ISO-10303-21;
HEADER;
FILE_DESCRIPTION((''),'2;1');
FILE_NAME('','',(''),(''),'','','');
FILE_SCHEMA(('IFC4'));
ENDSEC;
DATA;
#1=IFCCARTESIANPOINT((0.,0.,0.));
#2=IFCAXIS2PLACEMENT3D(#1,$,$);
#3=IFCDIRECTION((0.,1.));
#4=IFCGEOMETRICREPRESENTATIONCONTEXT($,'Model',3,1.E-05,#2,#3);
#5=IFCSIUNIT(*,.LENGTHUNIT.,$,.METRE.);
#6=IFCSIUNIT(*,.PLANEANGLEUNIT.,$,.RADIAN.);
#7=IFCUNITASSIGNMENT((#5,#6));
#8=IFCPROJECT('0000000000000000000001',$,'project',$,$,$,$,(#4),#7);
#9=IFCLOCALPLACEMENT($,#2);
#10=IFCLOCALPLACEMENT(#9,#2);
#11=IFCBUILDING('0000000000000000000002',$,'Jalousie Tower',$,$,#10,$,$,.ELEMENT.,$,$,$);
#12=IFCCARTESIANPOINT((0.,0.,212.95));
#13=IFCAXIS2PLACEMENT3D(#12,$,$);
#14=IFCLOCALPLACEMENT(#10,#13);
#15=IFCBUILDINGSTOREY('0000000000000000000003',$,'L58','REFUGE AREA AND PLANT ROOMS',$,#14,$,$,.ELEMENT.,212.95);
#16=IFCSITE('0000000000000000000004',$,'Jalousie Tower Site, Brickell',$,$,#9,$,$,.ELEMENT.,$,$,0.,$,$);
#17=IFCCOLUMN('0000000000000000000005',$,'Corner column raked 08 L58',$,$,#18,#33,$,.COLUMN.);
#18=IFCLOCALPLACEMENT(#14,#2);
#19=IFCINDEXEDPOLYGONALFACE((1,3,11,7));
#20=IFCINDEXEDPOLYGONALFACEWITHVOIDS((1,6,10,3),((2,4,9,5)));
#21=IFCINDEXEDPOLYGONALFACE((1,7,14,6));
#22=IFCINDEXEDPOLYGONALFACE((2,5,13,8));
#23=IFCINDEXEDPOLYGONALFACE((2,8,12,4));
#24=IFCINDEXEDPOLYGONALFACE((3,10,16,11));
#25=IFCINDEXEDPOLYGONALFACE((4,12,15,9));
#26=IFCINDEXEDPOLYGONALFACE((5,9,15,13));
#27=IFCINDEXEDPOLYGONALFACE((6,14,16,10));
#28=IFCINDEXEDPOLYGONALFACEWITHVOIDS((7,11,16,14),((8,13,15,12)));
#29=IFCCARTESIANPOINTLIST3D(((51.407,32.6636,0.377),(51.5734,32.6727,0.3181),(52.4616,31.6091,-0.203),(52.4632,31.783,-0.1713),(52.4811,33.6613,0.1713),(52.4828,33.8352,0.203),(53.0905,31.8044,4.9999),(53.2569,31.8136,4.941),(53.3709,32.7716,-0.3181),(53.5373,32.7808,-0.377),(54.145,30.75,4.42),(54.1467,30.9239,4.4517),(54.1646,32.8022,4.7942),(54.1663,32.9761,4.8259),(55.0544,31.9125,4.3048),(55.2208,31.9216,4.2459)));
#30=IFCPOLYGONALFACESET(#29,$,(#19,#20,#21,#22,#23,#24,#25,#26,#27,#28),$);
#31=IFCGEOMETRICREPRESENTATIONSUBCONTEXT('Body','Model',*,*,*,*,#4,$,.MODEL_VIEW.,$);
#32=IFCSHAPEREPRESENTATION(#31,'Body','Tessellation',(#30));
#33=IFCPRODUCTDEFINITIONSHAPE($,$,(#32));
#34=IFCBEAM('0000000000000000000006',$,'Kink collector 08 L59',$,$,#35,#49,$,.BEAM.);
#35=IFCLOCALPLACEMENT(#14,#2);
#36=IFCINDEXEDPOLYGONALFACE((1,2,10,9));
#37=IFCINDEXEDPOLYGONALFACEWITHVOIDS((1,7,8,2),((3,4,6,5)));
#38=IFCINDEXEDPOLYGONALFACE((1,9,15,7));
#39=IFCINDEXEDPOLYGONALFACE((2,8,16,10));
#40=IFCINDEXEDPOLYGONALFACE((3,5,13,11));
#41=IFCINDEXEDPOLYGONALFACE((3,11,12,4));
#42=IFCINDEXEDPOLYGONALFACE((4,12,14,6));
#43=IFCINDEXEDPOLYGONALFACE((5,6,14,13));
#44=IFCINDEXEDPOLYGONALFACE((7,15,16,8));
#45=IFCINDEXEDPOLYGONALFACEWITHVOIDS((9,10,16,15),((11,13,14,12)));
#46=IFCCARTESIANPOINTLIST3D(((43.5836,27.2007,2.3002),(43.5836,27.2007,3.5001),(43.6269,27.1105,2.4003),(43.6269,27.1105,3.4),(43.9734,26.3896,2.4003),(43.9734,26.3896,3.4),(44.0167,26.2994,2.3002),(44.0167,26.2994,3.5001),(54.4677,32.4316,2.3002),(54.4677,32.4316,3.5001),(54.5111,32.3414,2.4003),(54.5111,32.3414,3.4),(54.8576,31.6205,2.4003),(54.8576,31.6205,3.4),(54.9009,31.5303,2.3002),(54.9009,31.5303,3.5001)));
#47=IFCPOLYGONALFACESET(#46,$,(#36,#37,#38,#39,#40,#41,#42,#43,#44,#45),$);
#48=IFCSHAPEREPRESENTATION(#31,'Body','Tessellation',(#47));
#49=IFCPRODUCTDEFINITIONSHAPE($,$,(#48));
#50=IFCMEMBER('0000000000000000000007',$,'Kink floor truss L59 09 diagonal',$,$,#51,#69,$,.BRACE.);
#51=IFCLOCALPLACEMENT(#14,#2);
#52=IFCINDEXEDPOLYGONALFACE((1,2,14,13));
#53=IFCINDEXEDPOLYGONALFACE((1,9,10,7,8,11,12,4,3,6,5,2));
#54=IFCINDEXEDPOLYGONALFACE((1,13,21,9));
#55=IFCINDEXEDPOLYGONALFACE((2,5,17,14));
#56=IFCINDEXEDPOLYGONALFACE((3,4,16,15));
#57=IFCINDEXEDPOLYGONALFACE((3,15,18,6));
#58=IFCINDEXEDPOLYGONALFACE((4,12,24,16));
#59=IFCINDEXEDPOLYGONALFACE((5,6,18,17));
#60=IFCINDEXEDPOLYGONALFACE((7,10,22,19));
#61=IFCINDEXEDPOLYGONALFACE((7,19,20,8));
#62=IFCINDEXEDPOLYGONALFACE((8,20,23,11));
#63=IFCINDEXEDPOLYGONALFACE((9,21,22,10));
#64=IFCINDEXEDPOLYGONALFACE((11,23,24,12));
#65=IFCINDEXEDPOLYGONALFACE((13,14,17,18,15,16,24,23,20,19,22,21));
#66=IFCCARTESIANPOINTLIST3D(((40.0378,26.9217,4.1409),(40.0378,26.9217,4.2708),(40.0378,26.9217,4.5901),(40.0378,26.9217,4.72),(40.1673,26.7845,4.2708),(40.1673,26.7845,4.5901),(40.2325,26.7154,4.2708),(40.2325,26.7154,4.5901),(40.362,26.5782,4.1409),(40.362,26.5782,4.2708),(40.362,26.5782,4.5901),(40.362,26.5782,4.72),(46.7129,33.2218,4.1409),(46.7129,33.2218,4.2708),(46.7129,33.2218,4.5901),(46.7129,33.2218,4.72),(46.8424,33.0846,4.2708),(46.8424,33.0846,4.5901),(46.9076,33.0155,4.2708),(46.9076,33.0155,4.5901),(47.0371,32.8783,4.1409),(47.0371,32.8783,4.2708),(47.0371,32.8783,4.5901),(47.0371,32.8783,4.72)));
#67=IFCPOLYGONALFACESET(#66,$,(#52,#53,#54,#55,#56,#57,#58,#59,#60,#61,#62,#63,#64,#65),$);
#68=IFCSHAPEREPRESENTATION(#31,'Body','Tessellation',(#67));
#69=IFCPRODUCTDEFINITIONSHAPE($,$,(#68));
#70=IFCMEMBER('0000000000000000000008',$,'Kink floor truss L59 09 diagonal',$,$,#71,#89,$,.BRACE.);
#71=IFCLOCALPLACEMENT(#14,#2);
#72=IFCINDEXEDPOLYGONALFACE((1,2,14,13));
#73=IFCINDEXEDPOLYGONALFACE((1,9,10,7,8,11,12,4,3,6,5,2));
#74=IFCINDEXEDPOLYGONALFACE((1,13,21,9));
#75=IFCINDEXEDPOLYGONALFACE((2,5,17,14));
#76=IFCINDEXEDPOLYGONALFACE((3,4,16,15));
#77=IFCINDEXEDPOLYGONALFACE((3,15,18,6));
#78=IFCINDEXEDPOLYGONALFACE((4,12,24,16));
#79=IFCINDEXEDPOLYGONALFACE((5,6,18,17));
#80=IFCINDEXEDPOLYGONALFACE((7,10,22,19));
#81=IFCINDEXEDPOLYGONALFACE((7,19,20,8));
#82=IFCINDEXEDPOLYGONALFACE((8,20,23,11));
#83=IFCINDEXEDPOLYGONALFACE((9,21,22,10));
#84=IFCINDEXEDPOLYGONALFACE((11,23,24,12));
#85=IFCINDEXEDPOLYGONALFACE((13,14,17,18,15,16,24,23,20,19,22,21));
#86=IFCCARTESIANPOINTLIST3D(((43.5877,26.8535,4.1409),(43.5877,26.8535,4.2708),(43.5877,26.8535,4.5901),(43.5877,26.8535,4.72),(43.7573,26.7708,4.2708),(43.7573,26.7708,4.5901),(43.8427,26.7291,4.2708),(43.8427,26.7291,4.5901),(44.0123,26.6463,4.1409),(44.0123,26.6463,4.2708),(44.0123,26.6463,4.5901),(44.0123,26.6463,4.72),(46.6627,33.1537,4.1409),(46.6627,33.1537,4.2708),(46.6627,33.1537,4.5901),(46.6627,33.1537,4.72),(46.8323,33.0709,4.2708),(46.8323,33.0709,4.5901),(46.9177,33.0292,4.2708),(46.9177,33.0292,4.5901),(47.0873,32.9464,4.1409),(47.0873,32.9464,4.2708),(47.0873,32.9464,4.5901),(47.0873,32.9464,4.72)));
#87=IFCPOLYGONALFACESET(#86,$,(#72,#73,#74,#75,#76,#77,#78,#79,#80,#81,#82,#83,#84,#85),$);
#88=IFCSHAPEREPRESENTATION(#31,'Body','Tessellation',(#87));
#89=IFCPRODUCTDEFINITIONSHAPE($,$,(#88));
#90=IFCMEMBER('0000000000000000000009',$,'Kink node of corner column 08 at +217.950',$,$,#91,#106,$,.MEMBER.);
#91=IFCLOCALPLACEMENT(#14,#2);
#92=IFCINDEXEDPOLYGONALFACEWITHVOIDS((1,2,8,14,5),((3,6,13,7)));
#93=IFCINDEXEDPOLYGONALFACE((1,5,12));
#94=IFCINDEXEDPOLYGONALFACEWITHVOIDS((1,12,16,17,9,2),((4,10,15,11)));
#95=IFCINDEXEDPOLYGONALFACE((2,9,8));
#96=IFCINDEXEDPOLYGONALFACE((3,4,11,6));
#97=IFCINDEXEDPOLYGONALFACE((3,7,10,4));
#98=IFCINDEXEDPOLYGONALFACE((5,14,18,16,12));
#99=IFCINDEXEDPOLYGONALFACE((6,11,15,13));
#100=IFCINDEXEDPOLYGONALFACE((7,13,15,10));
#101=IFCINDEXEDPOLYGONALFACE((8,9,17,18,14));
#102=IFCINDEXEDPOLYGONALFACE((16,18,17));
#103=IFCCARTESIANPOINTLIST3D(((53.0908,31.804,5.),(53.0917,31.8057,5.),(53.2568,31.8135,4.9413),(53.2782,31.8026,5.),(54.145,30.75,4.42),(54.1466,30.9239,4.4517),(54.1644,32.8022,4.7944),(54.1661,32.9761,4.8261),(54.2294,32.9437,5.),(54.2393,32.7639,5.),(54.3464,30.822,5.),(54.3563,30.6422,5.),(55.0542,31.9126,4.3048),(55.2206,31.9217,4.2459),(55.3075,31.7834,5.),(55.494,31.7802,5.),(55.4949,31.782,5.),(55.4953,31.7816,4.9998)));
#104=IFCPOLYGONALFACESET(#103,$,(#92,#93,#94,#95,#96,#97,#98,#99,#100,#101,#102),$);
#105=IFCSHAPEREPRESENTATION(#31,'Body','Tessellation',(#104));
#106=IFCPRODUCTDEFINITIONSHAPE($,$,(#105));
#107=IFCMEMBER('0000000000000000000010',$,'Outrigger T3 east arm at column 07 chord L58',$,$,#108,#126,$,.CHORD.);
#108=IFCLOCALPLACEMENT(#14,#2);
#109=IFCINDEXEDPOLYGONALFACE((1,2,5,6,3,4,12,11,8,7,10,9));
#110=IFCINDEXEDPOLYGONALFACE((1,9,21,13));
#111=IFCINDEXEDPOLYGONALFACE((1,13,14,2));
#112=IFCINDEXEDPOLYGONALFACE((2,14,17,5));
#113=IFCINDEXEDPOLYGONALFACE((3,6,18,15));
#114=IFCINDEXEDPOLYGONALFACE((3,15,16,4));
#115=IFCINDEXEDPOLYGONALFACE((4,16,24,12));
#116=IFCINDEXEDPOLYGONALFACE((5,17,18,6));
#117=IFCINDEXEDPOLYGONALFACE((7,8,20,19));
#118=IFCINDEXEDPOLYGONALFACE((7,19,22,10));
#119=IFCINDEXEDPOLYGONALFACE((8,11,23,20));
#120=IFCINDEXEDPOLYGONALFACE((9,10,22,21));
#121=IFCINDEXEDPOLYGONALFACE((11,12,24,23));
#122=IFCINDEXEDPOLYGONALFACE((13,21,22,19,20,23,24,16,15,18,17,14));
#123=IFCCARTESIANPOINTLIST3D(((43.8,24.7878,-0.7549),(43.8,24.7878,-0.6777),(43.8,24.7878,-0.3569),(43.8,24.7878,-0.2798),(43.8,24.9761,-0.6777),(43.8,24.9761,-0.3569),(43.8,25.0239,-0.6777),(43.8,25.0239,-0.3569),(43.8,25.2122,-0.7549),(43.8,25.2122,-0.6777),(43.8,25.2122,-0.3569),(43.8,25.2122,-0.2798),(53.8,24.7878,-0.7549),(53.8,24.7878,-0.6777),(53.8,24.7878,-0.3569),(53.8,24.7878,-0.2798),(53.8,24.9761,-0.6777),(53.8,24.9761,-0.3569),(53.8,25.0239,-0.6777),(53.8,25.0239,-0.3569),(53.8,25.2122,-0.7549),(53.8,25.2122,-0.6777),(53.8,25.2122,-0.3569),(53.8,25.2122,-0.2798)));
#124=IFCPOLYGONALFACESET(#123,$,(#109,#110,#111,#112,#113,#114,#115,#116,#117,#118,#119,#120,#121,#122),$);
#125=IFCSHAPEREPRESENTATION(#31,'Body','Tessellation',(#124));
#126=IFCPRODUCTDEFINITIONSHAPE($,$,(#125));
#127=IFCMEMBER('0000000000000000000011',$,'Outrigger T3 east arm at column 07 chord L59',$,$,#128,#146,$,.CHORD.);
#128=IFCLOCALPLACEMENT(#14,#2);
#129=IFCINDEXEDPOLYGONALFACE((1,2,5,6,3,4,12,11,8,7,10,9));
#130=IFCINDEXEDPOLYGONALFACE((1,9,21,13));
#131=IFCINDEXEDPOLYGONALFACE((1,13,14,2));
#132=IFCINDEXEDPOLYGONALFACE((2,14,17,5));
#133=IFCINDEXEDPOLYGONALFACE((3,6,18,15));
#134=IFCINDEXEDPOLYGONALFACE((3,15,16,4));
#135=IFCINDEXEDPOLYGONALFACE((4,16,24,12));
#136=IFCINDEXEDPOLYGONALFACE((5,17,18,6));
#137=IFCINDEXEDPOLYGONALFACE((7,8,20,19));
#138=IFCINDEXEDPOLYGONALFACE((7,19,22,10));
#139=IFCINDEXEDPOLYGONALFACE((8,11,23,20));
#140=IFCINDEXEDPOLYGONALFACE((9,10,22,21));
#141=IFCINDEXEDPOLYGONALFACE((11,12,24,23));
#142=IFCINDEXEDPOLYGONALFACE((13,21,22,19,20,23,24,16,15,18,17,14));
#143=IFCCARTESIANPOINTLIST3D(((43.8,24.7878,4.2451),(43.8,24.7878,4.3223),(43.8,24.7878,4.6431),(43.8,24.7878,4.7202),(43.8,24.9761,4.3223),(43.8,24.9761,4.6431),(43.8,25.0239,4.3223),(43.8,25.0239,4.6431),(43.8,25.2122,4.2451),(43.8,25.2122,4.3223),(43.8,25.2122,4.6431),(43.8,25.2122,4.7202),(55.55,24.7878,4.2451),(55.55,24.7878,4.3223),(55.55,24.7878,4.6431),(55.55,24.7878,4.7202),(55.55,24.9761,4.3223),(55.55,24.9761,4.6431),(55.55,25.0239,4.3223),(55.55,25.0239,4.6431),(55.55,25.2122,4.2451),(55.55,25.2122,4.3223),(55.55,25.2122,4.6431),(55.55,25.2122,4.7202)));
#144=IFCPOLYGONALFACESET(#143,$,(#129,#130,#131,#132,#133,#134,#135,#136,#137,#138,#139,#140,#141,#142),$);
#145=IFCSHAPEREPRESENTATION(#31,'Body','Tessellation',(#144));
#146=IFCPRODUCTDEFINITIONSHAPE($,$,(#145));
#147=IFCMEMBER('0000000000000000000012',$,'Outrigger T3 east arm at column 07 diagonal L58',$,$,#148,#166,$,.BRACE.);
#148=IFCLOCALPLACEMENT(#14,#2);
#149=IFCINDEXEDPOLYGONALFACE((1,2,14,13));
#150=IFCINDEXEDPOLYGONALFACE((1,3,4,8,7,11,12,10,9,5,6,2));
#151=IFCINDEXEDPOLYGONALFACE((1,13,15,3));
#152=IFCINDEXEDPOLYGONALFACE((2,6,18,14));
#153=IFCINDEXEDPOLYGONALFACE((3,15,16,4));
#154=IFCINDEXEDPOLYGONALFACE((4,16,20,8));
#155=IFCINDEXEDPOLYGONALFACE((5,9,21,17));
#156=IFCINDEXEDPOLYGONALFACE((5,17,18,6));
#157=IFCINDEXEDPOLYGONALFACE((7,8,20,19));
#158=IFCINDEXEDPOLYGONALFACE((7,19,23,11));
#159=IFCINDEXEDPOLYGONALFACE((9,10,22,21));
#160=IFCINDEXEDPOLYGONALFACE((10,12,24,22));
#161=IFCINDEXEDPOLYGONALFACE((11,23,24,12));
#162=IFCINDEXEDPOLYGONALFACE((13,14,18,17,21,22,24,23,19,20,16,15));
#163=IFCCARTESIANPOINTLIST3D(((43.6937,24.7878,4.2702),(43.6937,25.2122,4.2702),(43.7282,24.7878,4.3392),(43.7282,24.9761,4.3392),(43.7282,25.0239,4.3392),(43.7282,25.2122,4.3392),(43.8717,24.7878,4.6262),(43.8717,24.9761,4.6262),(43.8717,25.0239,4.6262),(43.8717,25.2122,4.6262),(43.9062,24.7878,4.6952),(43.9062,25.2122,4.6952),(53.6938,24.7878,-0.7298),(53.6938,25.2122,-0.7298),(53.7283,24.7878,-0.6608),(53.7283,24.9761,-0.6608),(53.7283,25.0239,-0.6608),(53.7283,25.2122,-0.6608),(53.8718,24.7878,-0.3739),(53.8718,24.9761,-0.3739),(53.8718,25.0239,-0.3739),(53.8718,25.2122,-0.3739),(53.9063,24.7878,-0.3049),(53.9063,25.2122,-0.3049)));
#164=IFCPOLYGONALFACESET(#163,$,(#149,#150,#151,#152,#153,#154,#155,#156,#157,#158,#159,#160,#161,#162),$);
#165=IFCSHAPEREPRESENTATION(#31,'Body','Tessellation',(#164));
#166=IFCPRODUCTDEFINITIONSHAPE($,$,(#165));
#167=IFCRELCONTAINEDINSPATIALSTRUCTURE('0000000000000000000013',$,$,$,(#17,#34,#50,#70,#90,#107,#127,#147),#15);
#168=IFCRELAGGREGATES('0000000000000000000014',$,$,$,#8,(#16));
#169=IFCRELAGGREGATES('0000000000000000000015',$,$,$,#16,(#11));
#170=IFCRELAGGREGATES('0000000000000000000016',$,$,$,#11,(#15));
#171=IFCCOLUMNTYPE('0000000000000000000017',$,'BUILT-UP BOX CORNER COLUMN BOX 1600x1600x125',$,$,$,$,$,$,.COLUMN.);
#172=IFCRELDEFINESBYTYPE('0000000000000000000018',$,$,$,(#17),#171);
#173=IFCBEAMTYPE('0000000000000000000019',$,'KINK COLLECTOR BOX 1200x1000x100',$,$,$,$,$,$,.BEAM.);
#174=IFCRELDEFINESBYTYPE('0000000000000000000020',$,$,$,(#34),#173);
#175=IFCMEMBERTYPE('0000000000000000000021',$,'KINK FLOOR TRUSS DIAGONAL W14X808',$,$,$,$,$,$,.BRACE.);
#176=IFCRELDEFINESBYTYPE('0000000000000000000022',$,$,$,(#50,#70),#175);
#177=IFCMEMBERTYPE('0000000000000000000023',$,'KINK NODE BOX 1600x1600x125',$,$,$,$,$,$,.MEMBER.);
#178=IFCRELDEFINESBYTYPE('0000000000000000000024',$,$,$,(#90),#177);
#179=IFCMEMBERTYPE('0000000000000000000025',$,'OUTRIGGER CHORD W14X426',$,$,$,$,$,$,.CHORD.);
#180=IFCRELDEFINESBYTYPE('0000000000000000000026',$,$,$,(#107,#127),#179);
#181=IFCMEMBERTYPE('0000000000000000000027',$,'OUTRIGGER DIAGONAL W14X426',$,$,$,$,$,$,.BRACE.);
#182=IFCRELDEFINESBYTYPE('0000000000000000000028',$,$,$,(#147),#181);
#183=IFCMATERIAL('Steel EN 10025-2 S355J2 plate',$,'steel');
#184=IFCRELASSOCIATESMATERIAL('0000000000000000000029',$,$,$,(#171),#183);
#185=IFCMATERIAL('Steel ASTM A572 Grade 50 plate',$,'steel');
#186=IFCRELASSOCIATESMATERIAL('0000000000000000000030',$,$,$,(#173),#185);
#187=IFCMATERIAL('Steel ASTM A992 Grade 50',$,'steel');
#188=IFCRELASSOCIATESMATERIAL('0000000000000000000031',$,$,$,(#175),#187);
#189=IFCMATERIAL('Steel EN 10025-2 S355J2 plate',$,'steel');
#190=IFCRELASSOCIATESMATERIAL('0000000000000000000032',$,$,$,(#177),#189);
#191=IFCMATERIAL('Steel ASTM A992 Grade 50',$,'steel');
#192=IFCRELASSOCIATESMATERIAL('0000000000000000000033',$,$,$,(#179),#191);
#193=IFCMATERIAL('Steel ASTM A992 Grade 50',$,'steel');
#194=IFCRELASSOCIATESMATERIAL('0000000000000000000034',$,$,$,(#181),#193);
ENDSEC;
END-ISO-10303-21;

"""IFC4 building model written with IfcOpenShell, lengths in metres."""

from ifc_helpers import new_model, si_unit, direction, frame, origin, origin_2d, place, context, subcontext, project, spatial, hollow_rectangle, i_section, extrude, clip, halfspace, material, material_profile, profile_set, type_object, element, save


model = new_model("IFC4")

# Units and contexts
model_context = context("Model", 3, precision=1e-05, world=origin(), true_north=direction((0.0, 1.0)))
body_context = subcontext(model_context, "Body", "Model", "MODEL_VIEW")
ifc_project = project(units=[si_unit("LENGTHUNIT", "METRE"), si_unit("PLANEANGLEUNIT", "RADIAN")], contexts=[model_context])

# Site, building, storey
site_placement = place(None, origin())
site = spatial("IfcSite", under=ifc_project, at=site_placement, Name="Jalousie Tower Site, Brickell", CompositionType="ELEMENT", RefElevation=0.0)
building_placement = place(site_placement, origin())
building = spatial("IfcBuilding", under=site, at=building_placement, Name="Jalousie Tower", CompositionType="ELEMENT")
storey_placement = place(building_placement, frame((0.0, 0.0, 212.95)))
storey = spatial("IfcBuildingStorey", under=building, at=storey_placement, Name="L58", Description="REFUGE AREA AND PLANT ROOMS", CompositionType="ELEMENT", Elevation=212.95)

# Column
ifc_material_1 = material(Name="Steel EN 10025-2 S355J2 plate", Category="steel")
ifc_material_profile_1 = material_profile(ifc_material_1, hollow_rectangle(XDim=1.6001, YDim=1.6001, WallThickness=0.125, at=origin_2d()), Name="BOX 1600x1600x125")
ifc_profile_set_1 = profile_set([ifc_material_profile_1], Name="Steel EN 10025-2 S355J2 plate")
column_type = type_object("IfcColumnType", Name="BUILT-UP BOX CORNER COLUMN BOX 1600x1600x125", PredefinedType="COLUMN", material=ifc_profile_set_1)
column_placement = place(storey_placement, frame((52.4722, 32.7222, 0.0), z_axis=(0.337077, -0.172019, 0.925629), x_axis=(-0.672324, -0.732224, 0.108757)))
element("IfcColumn", 1, at=column_placement, inside=storey, type_object=column_type, Name="Corner column raked 08 L58", PredefinedType="COLUMN", context=body_context, shape_type="SweptSolid", body=[
    extrude(hollow_rectangle(XDim=1.6001, YDim=1.6001, WallThickness=0.125, at=origin_2d()), origin(), (0.0, 0.0, 1.0), 4.9944),
])

# Beam
ifc_material_2 = material(Name="Steel ASTM A572 Grade 50 plate", Category="steel")
ifc_material_profile_2 = material_profile(ifc_material_2, hollow_rectangle(XDim=1.0, YDim=1.2, WallThickness=0.1001, at=origin_2d()), Name="BOX 1200x1000x100")
ifc_profile_set_2 = profile_set([ifc_material_profile_2], Name="Steel ASTM A572 Grade 50 plate")
beam_type_1 = type_object("IfcBeamType", Name="KINK COLLECTOR BOX 1200x1000x100", PredefinedType="BEAM", material=ifc_profile_set_2)
beam_1_placement = place(storey_placement, frame((54.6843, 31.981, 2.9001), z_axis=(-0.901313, -0.433169, 0.0), x_axis=(0.433169, -0.901313, 0.0)))
element("IfcBeam", 2, at=beam_1_placement, inside=storey, type_object=beam_type_1, Name="Kink collector 08 L59", PredefinedType="BEAM", context=body_context, shape_type="SweptSolid", body=[
    extrude(hollow_rectangle(XDim=1.0, YDim=1.2, WallThickness=0.1001, at=origin_2d()), origin(), (0.0, 0.0, 1.0), 12.0759),
])

# Members
ifc_material_3 = material(Name="Steel ASTM A992 Grade 50", Category="steel")
ifc_material_profile_3 = material_profile(ifc_material_3, i_section(OverallWidth=0.4724, OverallDepth=0.5791, WebThickness=0.095, FlangeThickness=0.1299, at=origin_2d()), Name="W14X808")
ifc_profile_set_3 = profile_set([ifc_material_profile_3], Name="Steel ASTM A992 Grade 50")
member_type_1 = type_object("IfcMemberType", Name="KINK FLOOR TRUSS DIAGONAL W14X808", PredefinedType="BRACE", material=ifc_profile_set_3)
member_1_placement = place(storey_placement, frame((46.875, 33.05, 4.4304), z_axis=(-0.72724, -0.686384, 0.0), x_axis=(0.686384, -0.72724, 0.0)))
element("IfcMember", 3, at=member_1_placement, inside=storey, type_object=member_type_1, Name="Kink floor truss L59 09 diagonal", PredefinedType="BRACE", context=body_context, shape_type="SweptSolid", body=[
    extrude(i_section(OverallWidth=0.4724, OverallDepth=0.5791, WebThickness=0.095, FlangeThickness=0.1299, at=origin_2d()), origin(), (0.0, 0.0, 1.0), 9.1787),
])
member_2_placement = place(storey_placement, frame((46.875, 33.05, 4.4304), z_axis=(-0.438626, -0.89867, 0.0), x_axis=(0.89867, -0.438626, 0.0)))
element("IfcMember", 4, at=member_2_placement, inside=storey, type_object=member_type_1, Name="Kink floor truss L59 09 diagonal", PredefinedType="BRACE", context=body_context, shape_type="SweptSolid", body=[
    extrude(i_section(OverallWidth=0.4724, OverallDepth=0.5791, WebThickness=0.095, FlangeThickness=0.1299, at=origin_2d()), origin(), (0.0, 0.0, 1.0), 7.0105),
])
ifc_material_4 = material(Name="Steel EN 10025-2 S355J2 plate", Category="steel")
ifc_material_profile_4 = material_profile(ifc_material_4, hollow_rectangle(XDim=1.6001, YDim=1.6001, WallThickness=0.125, at=origin_2d()), Name="BOX 1600x1600x125")
ifc_profile_set_4 = profile_set([ifc_material_profile_4], Name="Steel EN 10025-2 S355J2 plate")
member_type_2 = type_object("IfcMemberType", Name="KINK NODE BOX 1600x1600x125", PredefinedType="MEMBER", material=ifc_profile_set_4)
member_3_placement = place(storey_placement, frame((54.1555, 31.863, 4.623), z_axis=(0.337201, -0.172047, 0.925578), x_axis=(-0.672252, -0.732285, 0.108793)))
element("IfcMember", 5, at=member_3_placement, inside=storey, type_object=member_type_2, Name="Kink node of corner column 08 at +217.950", PredefinedType="MEMBER", context=body_context, shape_type="Clipping", body=[
    clip(extrude(hollow_rectangle(XDim=1.6001, YDim=1.6001, WallThickness=0.125, at=origin_2d()), origin(), (0.0, 0.0, 1.0), 0.8145), halfspace(frame((0.0, 0.0, 0.4072), z_axis=(0.108793, -0.362586, 0.925578)), False)),
])
ifc_material_5 = material(Name="Steel ASTM A992 Grade 50", Category="steel")
ifc_material_profile_5 = material_profile(ifc_material_5, i_section(OverallWidth=0.4243, OverallDepth=0.4751, WebThickness=0.0479, FlangeThickness=0.0771, at=origin_2d()), Name="W14X426")
ifc_profile_set_5 = profile_set([ifc_material_profile_5], Name="Steel ASTM A992 Grade 50")
member_type_3 = type_object("IfcMemberType", Name="OUTRIGGER CHORD W14X426", PredefinedType="CHORD", material=ifc_profile_set_5)
member_4_placement = place(storey_placement, frame((53.8, 25.0, -0.5173), z_axis=(-1.0, 0.0, 0.0), x_axis=(0.0, -1.0, 0.0)))
element("IfcMember", 6, at=member_4_placement, inside=storey, type_object=member_type_3, Name="Outrigger T3 east arm at column 07 chord L58", PredefinedType="CHORD", context=body_context, shape_type="SweptSolid", body=[
    extrude(i_section(OverallWidth=0.4243, OverallDepth=0.4751, WebThickness=0.0479, FlangeThickness=0.0771, at=origin_2d()), origin(), (0.0, 0.0, 1.0), 10.0),
])
member_5_placement = place(storey_placement, frame((55.55, 25.0, 4.4827), z_axis=(-1.0, 0.0, 0.0), x_axis=(0.0, -1.0, 0.0)))
element("IfcMember", 7, at=member_5_placement, inside=storey, type_object=member_type_3, Name="Outrigger T3 east arm at column 07 chord L59", PredefinedType="CHORD", context=body_context, shape_type="SweptSolid", body=[
    extrude(i_section(OverallWidth=0.4243, OverallDepth=0.4751, WebThickness=0.0479, FlangeThickness=0.0771, at=origin_2d()), origin(), (0.0, 0.0, 1.0), 11.75),
])
ifc_material_6 = material(Name="Steel ASTM A992 Grade 50", Category="steel")
ifc_material_profile_6 = material_profile(ifc_material_6, i_section(OverallWidth=0.4243, OverallDepth=0.4751, WebThickness=0.0479, FlangeThickness=0.0771, at=origin_2d()), Name="W14X426")
ifc_profile_set_6 = profile_set([ifc_material_profile_6], Name="Steel ASTM A992 Grade 50")
member_type_4 = type_object("IfcMemberType", Name="OUTRIGGER DIAGONAL W14X426", PredefinedType="BRACE", material=ifc_profile_set_6)
member_6_placement = place(storey_placement, frame((53.8, 25.0, -0.5173), z_axis=(-0.894427, 0.0, 0.447214), x_axis=(0.0, -1.0, 0.0)))
element("IfcMember", 8, at=member_6_placement, inside=storey, type_object=member_type_4, Name="Outrigger T3 east arm at column 07 diagonal L58", PredefinedType="BRACE", context=body_context, shape_type="SweptSolid", body=[
    extrude(i_section(OverallWidth=0.4243, OverallDepth=0.4751, WebThickness=0.0479, FlangeThickness=0.0771, at=origin_2d()), origin(), (0.0, 0.0, 1.0), 11.1804),
])

save(model, "model.ifc")
